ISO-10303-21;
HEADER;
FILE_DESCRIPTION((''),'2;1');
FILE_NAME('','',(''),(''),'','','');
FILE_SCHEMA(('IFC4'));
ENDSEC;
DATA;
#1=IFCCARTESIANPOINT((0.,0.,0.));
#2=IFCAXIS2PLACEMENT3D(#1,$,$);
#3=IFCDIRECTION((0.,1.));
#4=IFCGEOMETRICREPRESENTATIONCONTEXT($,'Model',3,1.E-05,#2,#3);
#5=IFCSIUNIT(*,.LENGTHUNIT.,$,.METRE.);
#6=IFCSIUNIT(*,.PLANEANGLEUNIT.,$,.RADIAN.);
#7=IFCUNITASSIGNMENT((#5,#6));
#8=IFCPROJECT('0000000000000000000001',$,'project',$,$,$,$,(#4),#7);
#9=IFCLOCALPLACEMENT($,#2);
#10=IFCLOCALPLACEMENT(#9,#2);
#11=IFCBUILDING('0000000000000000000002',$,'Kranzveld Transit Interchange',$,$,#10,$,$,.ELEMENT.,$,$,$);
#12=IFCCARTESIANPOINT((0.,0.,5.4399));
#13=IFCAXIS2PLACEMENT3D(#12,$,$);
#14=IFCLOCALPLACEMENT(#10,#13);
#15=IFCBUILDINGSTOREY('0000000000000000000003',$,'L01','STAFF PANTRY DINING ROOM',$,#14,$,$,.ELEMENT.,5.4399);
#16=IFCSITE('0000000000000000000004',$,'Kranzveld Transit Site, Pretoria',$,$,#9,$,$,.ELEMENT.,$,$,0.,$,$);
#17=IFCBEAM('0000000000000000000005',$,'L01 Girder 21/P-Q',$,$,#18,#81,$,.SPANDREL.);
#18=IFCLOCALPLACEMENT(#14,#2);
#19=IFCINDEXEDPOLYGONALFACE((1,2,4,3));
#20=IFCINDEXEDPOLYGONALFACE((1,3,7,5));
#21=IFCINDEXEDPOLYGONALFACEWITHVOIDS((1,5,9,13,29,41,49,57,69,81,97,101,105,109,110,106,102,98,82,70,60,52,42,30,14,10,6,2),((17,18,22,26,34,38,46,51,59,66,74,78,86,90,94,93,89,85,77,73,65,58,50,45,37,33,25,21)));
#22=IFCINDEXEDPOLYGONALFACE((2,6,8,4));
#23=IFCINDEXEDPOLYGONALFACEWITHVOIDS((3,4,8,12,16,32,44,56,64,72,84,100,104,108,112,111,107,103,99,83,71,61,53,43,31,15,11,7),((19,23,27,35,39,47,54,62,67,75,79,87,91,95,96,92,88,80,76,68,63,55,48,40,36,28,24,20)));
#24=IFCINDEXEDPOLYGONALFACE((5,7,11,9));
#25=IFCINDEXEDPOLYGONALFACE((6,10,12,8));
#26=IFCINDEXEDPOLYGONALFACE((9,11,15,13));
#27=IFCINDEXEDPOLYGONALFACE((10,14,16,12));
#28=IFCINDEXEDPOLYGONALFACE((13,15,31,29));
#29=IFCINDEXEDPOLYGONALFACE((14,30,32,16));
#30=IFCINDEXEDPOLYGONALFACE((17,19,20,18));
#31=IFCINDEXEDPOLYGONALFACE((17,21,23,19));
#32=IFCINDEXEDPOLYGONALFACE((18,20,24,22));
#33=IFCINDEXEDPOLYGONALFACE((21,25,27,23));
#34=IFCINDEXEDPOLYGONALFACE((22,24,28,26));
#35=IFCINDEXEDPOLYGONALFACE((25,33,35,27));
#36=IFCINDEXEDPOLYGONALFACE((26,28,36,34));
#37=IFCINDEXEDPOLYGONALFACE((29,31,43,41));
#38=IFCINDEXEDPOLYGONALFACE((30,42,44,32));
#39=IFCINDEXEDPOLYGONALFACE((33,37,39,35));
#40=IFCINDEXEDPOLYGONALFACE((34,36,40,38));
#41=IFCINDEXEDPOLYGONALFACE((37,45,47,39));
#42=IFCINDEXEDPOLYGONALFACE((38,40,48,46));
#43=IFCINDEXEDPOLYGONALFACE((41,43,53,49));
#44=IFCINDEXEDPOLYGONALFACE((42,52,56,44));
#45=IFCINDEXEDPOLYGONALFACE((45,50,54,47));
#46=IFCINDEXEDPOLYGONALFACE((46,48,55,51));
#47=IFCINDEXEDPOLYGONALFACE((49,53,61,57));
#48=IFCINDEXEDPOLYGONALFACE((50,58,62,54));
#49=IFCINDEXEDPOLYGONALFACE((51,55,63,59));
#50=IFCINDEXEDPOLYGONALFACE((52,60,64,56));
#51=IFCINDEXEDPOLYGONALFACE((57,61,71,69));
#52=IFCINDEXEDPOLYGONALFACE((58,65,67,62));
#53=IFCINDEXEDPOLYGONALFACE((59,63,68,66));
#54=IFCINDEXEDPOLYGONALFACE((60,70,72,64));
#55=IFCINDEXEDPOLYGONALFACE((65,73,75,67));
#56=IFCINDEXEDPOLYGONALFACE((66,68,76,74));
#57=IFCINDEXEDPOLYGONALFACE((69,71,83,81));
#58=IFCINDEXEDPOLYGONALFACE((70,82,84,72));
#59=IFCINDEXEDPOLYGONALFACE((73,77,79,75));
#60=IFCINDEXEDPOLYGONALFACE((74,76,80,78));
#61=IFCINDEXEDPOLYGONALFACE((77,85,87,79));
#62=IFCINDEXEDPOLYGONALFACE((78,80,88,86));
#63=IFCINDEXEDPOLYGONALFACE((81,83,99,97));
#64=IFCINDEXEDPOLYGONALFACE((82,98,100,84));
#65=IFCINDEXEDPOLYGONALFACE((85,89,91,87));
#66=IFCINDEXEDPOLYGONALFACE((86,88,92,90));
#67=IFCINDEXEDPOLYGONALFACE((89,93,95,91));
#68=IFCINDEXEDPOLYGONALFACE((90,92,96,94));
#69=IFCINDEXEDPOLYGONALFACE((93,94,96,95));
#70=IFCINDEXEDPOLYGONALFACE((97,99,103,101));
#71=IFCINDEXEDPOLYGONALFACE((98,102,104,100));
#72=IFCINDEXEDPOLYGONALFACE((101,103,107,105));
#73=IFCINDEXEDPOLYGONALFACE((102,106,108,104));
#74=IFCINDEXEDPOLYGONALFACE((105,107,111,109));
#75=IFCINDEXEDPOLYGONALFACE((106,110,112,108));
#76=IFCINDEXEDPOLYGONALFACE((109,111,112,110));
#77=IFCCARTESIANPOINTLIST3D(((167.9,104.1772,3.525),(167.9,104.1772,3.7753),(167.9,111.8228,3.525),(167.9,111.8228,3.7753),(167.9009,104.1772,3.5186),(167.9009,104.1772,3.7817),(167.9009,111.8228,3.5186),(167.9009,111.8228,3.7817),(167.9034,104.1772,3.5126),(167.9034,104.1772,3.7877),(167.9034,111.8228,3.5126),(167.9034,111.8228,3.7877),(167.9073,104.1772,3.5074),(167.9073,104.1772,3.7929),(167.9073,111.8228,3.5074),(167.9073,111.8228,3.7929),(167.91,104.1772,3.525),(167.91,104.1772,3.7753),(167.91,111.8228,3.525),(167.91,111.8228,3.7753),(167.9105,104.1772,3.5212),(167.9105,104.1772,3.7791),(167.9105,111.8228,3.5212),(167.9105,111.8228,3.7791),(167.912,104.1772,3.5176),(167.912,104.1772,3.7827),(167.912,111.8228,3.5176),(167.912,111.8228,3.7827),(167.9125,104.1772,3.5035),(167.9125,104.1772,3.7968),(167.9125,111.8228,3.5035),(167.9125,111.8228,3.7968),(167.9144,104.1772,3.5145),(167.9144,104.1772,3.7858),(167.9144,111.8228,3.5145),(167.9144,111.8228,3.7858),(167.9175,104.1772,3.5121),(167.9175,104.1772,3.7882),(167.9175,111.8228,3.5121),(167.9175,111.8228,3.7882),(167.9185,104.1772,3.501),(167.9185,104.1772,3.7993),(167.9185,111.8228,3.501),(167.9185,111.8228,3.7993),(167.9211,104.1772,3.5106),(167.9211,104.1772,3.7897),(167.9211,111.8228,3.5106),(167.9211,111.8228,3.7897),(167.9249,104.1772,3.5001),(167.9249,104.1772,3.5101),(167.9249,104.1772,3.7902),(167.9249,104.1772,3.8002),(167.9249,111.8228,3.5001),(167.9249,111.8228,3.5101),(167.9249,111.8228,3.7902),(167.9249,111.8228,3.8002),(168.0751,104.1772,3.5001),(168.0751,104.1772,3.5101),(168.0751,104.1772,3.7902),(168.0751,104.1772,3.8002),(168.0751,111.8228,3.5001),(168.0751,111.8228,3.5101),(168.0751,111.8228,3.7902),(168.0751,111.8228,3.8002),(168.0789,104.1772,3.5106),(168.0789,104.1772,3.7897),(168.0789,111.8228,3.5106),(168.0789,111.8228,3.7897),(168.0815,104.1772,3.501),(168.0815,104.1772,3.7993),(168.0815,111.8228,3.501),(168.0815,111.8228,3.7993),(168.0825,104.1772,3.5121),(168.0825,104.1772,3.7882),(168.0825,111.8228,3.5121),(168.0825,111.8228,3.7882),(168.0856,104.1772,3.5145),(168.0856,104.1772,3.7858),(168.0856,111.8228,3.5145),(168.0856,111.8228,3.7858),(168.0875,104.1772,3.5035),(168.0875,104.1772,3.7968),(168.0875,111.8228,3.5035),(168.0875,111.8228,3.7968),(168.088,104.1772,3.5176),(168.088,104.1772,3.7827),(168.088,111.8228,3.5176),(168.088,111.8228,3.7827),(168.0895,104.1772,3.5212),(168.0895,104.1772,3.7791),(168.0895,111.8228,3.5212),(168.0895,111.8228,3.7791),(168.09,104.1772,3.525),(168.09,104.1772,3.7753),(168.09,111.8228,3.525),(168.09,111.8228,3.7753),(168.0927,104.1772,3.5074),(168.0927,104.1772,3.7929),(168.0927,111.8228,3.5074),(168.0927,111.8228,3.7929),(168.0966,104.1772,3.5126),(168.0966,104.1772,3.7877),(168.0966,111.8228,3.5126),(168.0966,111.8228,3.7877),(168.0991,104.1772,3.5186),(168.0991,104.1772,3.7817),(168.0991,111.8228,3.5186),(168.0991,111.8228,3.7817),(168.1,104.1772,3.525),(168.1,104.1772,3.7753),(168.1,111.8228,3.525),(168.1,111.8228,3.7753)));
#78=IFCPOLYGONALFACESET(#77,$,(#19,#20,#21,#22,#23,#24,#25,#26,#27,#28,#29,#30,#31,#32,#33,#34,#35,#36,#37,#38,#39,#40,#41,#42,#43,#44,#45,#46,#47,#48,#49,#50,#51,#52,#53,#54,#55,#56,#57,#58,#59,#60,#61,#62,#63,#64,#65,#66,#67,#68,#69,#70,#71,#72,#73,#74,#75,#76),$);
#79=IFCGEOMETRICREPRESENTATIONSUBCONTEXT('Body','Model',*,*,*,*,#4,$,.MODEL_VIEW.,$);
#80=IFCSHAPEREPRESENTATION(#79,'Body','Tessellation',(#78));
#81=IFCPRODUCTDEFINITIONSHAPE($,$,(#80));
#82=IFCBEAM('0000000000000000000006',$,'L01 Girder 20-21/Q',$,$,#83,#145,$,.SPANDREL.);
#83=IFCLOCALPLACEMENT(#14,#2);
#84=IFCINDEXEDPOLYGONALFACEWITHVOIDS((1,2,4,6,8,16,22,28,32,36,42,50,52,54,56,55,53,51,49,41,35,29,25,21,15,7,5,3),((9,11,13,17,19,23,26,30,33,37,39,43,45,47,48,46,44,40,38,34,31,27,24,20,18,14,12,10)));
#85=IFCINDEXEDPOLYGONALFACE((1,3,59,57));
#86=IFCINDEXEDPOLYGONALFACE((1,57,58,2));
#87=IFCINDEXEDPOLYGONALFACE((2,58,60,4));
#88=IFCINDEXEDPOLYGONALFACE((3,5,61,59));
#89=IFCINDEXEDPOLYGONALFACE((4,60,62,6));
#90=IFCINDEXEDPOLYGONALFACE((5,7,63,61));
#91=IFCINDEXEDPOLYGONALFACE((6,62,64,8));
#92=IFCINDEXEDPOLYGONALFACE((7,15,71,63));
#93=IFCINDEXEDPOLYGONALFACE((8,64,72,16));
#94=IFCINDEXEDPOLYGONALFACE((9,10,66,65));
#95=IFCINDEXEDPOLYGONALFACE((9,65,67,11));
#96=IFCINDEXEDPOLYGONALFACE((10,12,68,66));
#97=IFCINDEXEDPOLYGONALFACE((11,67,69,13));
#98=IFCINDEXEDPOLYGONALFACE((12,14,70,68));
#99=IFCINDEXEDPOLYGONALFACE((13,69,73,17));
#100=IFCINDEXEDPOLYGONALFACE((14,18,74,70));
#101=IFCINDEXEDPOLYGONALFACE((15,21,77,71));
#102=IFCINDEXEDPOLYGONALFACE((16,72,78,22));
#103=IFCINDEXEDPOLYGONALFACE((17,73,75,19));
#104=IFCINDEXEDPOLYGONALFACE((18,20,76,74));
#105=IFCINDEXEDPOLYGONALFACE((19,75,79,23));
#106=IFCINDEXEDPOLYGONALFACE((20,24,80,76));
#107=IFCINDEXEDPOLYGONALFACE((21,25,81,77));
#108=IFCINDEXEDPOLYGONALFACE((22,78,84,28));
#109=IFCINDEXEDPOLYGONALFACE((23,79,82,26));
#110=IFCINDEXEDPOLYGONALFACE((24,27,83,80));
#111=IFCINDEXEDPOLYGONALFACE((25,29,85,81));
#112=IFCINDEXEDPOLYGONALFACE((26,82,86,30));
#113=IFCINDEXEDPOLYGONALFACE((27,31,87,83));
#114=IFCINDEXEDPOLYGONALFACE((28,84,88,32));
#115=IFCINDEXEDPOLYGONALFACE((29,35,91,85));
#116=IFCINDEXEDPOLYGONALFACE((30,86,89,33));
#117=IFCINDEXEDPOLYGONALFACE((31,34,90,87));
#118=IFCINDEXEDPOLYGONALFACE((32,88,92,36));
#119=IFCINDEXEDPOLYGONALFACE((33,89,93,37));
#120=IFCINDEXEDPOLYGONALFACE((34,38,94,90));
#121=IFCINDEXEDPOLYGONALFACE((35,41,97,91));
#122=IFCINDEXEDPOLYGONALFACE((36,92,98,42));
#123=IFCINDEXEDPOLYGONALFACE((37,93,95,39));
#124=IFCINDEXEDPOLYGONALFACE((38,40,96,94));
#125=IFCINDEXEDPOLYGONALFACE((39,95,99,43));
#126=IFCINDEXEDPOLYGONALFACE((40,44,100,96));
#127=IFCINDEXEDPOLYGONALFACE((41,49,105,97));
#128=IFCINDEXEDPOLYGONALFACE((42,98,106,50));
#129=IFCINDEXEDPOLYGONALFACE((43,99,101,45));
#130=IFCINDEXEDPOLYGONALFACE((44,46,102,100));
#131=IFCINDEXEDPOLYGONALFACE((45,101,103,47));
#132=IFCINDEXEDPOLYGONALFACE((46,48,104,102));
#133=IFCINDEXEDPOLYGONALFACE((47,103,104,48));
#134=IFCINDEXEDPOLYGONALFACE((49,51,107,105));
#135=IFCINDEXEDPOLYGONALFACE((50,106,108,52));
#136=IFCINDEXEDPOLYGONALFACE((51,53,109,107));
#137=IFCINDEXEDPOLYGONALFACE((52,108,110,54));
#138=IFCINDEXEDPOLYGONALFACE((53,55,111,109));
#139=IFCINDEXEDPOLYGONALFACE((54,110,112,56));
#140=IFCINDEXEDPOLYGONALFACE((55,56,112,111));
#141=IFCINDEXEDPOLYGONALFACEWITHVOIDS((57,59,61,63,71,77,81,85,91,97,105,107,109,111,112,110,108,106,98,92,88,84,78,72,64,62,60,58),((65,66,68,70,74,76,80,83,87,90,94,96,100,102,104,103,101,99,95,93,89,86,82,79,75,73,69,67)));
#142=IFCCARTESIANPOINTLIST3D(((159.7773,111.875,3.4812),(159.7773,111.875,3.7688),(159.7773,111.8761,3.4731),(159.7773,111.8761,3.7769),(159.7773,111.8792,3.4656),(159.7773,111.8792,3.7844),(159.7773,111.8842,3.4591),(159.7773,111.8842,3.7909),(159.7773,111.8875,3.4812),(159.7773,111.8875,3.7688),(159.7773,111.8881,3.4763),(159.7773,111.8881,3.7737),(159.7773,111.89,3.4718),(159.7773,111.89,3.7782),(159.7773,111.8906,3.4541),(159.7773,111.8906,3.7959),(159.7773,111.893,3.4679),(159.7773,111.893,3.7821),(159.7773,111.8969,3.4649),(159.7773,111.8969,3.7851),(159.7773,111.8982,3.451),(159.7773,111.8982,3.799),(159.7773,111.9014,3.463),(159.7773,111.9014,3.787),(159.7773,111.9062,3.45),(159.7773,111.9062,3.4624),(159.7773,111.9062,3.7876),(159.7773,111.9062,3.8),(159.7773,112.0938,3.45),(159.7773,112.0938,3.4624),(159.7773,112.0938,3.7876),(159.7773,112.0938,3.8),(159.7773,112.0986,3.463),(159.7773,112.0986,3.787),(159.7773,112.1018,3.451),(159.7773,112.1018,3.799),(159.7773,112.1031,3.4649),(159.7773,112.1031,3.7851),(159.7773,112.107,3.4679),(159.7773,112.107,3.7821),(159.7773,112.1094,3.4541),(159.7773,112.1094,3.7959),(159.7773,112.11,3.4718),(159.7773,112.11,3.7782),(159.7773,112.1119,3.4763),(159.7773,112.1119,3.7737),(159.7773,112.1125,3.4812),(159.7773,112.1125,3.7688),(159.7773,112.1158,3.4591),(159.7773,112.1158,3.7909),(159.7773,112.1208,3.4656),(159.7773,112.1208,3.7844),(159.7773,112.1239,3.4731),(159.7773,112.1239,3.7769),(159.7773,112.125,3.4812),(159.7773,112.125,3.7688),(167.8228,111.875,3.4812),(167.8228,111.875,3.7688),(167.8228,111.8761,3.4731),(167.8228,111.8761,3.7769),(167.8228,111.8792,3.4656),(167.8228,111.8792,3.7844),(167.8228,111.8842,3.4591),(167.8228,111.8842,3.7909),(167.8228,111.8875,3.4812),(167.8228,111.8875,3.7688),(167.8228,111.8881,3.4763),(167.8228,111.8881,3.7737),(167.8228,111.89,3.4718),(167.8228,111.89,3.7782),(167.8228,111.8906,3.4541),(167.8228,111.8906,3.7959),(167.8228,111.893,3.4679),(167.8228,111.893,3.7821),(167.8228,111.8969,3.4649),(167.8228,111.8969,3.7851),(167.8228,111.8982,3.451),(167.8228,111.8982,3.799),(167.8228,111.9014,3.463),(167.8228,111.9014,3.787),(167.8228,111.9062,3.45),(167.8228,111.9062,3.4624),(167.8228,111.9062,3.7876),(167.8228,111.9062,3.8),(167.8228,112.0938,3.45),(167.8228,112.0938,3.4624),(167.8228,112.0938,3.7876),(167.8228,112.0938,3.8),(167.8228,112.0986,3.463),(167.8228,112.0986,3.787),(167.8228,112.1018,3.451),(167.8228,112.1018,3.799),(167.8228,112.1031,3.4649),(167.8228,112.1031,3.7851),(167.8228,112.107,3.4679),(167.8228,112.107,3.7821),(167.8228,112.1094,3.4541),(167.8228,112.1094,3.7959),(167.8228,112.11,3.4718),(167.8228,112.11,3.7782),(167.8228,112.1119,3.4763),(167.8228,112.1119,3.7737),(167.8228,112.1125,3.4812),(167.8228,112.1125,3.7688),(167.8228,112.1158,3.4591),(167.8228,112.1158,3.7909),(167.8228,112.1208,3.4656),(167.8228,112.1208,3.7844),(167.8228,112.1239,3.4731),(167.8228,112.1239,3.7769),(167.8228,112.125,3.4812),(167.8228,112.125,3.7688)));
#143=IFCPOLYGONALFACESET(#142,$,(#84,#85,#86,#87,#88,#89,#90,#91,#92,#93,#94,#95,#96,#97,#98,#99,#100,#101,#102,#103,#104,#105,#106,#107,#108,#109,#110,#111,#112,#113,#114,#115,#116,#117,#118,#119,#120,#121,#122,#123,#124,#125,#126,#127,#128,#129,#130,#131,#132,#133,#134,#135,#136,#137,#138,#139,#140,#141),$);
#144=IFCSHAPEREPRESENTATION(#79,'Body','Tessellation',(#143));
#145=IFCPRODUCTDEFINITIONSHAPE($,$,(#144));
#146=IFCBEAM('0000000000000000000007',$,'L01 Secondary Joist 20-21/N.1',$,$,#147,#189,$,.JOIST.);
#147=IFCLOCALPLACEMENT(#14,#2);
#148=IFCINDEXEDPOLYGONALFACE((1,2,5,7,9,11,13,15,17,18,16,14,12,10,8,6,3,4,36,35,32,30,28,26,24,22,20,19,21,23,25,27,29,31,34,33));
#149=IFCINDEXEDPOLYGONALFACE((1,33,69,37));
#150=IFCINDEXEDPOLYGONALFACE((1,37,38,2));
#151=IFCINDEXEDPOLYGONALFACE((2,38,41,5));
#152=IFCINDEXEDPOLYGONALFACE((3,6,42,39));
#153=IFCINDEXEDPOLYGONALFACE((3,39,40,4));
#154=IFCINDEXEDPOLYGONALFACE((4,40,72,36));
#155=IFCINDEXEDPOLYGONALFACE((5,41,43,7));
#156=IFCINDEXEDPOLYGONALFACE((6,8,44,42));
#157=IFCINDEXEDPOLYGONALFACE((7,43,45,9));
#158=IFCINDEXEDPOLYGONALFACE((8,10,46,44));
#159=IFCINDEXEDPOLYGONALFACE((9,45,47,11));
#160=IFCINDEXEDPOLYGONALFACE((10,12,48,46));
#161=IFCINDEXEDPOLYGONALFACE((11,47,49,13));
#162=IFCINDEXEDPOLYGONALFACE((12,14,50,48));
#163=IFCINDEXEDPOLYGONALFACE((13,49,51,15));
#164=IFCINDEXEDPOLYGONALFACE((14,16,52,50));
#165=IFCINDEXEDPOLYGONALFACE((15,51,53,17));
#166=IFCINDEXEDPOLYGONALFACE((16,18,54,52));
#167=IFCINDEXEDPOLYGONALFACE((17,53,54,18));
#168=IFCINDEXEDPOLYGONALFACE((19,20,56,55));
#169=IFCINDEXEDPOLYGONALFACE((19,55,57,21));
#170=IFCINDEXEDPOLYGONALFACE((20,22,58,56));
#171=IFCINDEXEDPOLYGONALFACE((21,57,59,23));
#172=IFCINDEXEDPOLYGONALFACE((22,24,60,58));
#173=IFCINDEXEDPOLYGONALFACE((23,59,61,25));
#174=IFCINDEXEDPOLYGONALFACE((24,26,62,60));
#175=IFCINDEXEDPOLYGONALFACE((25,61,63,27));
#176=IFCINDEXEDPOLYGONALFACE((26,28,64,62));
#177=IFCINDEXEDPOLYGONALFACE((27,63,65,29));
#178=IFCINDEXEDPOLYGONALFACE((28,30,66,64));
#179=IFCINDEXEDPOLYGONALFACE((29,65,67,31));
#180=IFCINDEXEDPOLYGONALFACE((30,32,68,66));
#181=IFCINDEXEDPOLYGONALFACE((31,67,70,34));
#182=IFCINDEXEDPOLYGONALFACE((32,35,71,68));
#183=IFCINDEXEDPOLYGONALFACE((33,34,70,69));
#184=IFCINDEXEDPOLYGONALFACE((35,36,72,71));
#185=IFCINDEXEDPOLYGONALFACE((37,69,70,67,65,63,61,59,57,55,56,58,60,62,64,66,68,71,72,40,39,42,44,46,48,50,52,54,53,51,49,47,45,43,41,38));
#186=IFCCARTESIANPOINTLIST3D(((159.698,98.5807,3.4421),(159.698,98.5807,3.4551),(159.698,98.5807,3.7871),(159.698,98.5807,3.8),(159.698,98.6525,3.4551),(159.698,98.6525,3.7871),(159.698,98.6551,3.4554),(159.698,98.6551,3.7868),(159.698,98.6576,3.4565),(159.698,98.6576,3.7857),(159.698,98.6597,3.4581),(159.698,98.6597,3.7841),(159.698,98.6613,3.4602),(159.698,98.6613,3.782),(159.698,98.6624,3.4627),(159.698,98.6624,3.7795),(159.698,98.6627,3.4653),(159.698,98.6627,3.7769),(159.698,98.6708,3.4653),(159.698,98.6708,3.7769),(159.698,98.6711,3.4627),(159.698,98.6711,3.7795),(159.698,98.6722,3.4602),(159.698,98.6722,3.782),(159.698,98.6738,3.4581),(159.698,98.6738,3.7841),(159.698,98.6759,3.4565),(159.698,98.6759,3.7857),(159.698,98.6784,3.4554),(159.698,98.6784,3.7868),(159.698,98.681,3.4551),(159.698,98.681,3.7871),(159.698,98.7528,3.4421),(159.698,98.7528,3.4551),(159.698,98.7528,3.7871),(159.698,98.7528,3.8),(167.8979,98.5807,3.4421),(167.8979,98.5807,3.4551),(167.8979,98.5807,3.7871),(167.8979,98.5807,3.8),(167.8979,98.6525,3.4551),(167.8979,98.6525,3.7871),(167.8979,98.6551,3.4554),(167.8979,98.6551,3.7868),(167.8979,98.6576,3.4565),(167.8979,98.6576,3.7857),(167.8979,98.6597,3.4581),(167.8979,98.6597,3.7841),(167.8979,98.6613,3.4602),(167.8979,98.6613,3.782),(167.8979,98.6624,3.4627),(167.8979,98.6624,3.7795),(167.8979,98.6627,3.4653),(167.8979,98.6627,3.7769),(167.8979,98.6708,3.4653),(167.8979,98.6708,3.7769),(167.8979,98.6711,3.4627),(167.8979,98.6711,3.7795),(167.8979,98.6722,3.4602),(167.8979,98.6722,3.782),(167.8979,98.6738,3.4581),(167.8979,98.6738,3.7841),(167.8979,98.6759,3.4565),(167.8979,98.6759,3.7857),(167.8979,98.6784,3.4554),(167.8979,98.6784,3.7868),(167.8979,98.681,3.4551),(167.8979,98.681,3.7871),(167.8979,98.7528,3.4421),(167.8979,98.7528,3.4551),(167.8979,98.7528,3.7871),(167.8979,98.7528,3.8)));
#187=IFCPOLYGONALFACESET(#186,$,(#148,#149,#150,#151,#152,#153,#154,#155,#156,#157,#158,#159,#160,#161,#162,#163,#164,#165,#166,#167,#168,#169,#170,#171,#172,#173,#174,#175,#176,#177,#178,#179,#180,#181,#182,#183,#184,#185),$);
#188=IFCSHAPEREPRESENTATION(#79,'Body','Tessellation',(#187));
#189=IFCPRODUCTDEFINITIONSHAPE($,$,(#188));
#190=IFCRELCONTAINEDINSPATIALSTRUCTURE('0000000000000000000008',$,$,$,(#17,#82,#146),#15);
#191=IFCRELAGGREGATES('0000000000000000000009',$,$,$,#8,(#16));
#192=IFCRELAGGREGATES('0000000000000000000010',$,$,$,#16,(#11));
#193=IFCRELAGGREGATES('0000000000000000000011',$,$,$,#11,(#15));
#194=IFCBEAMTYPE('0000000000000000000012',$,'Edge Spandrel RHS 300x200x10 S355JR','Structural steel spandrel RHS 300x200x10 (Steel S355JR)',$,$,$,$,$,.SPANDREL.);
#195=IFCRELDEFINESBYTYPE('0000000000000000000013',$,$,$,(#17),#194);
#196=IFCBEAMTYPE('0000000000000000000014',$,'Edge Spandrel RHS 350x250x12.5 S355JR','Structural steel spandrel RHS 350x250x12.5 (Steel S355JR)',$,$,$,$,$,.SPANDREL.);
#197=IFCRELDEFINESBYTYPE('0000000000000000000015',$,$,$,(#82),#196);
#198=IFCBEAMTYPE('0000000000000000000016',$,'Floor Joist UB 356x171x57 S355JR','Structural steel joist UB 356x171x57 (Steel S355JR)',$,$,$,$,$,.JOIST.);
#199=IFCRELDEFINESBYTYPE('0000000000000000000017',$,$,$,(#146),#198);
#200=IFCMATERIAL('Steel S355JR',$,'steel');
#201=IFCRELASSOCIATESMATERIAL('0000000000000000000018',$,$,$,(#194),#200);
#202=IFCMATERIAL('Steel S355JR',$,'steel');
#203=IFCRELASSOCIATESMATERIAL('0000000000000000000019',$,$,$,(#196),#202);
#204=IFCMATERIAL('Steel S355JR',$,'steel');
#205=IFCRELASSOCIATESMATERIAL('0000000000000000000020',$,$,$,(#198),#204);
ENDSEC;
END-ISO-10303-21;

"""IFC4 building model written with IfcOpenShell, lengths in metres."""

from ifc_helpers import new_model, si_unit, direction, frame, origin, origin_2d, place, context, subcontext, project, spatial, hollow_rectangle, i_section, extrude, material, material_profile, profile_set, type_object, element, save


model = new_model("IFC4")

# Units and contexts
model_context = context("Model", 3, precision=1e-05, world=origin(), true_north=direction((0.0, 1.0)))
body_context = subcontext(model_context, "Body", "Model", "MODEL_VIEW")
ifc_project = project(units=[si_unit("LENGTHUNIT", "METRE"), si_unit("PLANEANGLEUNIT", "RADIAN")], contexts=[model_context])

# Site, building, storey
site_placement = place(None, origin())
site = spatial("IfcSite", under=ifc_project, at=site_placement, Name="Kranzveld Transit Site, Pretoria", CompositionType="ELEMENT", RefElevation=0.0)
building_placement = place(site_placement, origin())
building = spatial("IfcBuilding", under=site, at=building_placement, Name="Kranzveld Transit Interchange", CompositionType="ELEMENT")
storey_placement = place(building_placement, frame((0.0, 0.0, 5.4399)))
storey = spatial("IfcBuildingStorey", under=building, at=storey_placement, Name="L01", Description="STAFF PANTRY DINING ROOM", CompositionType="ELEMENT", Elevation=5.4399)

# Beams
ifc_material_1 = material(Name="Steel S355JR", Category="steel")
ifc_material_profile_1 = material_profile(ifc_material_1, hollow_rectangle(XDim=0.2, YDim=0.3, WallThickness=0.01, InnerFilletRadius=0.0149, OuterFilletRadius=0.0249, at=origin_2d()), Name="RHS 300x200x10")
ifc_profile_set_1 = profile_set([ifc_material_profile_1], Name="Steel S355JR")
beam_type_1 = type_object("IfcBeamType", Name="Edge Spandrel RHS 300x200x10 S355JR", Description="Structural steel spandrel RHS 300x200x10 (Steel S355JR)", PredefinedType="SPANDREL", material=ifc_profile_set_1)
for number, where, z_axis, x_axis, name in (
    (1, (168.0, 104.1772, 3.6501), (0.0, 1.0, 0.0), (-1.0, 0.0, 0.0), "L01 Girder 21/P-Q"),
):
    element("IfcBeam", number, at=place(storey_placement, frame(where, z_axis=z_axis, x_axis=x_axis)), inside=storey, type_object=beam_type_1, Name=name, PredefinedType="SPANDREL", context=body_context, shape_type="SweptSolid", body=[
        extrude(hollow_rectangle(XDim=0.2, YDim=0.3, WallThickness=0.01, InnerFilletRadius=0.0149, OuterFilletRadius=0.0249, at=origin_2d()), origin(), (0.0, 0.0, 1.0), 7.6455),
    ])
ifc_material_2 = material(Name="Steel S355JR", Category="steel")
ifc_material_profile_2 = material_profile(ifc_material_2, hollow_rectangle(XDim=0.25, YDim=0.3501, WallThickness=0.0125, InnerFilletRadius=0.0188, OuterFilletRadius=0.0312, at=origin_2d()), Name="RHS 350x250x12.5")
ifc_profile_set_2 = profile_set([ifc_material_profile_2], Name="Steel S355JR")
beam_type_2 = type_object("IfcBeamType", Name="Edge Spandrel RHS 350x250x12.5 S355JR", Description="Structural steel spandrel RHS 350x250x12.5 (Steel S355JR)", PredefinedType="SPANDREL", material=ifc_profile_set_2)
beam_1_placement = place(storey_placement, frame((159.7773, 112.0, 3.625), z_axis=(1.0, 0.0, 0.0), x_axis=(0.0, 1.0, 0.0)))
element("IfcBeam", 2, at=beam_1_placement, inside=storey, type_object=beam_type_2, Name="L01 Girder 20-21/Q", PredefinedType="SPANDREL", context=body_context, shape_type="SweptSolid", body=[
    extrude(hollow_rectangle(XDim=0.25, YDim=0.3501, WallThickness=0.0125, InnerFilletRadius=0.0188, OuterFilletRadius=0.0312, at=origin_2d()), origin(), (0.0, 0.0, 1.0), 8.0454),
])
ifc_material_3 = material(Name="Steel S355JR", Category="steel")
ifc_material_profile_3 = material_profile(ifc_material_3, i_section(OverallWidth=0.1721, OverallDepth=0.3579, WebThickness=0.0081, FlangeThickness=0.0129, FilletRadius=0.0103, at=origin_2d()), Name="UB 356x171x57")
ifc_profile_set_3 = profile_set([ifc_material_profile_3], Name="Steel S355JR")
beam_type_3 = type_object("IfcBeamType", Name="Floor Joist UB 356x171x57 S355JR", Description="Structural steel joist UB 356x171x57 (Steel S355JR)", PredefinedType="JOIST", material=ifc_profile_set_3)
for number, where, z_axis, x_axis, name in (
    (3, (159.698, 98.6667, 3.6211), (1.0, 0.0, 0.0), (0.0, 1.0, 0.0), "L01 Secondary Joist 20-21/N.1"),
):
    element("IfcBeam", number, at=place(storey_placement, frame(where, z_axis=z_axis, x_axis=x_axis)), inside=storey, type_object=beam_type_3, Name=name, PredefinedType="JOIST", context=body_context, shape_type="SweptSolid", body=[
        extrude(i_section(OverallWidth=0.1721, OverallDepth=0.3579, WebThickness=0.0081, FlangeThickness=0.0129, FilletRadius=0.0103, at=origin_2d()), origin(), (0.0, 0.0, 1.0), 8.2),
    ])

save(model, "model.ifc")
